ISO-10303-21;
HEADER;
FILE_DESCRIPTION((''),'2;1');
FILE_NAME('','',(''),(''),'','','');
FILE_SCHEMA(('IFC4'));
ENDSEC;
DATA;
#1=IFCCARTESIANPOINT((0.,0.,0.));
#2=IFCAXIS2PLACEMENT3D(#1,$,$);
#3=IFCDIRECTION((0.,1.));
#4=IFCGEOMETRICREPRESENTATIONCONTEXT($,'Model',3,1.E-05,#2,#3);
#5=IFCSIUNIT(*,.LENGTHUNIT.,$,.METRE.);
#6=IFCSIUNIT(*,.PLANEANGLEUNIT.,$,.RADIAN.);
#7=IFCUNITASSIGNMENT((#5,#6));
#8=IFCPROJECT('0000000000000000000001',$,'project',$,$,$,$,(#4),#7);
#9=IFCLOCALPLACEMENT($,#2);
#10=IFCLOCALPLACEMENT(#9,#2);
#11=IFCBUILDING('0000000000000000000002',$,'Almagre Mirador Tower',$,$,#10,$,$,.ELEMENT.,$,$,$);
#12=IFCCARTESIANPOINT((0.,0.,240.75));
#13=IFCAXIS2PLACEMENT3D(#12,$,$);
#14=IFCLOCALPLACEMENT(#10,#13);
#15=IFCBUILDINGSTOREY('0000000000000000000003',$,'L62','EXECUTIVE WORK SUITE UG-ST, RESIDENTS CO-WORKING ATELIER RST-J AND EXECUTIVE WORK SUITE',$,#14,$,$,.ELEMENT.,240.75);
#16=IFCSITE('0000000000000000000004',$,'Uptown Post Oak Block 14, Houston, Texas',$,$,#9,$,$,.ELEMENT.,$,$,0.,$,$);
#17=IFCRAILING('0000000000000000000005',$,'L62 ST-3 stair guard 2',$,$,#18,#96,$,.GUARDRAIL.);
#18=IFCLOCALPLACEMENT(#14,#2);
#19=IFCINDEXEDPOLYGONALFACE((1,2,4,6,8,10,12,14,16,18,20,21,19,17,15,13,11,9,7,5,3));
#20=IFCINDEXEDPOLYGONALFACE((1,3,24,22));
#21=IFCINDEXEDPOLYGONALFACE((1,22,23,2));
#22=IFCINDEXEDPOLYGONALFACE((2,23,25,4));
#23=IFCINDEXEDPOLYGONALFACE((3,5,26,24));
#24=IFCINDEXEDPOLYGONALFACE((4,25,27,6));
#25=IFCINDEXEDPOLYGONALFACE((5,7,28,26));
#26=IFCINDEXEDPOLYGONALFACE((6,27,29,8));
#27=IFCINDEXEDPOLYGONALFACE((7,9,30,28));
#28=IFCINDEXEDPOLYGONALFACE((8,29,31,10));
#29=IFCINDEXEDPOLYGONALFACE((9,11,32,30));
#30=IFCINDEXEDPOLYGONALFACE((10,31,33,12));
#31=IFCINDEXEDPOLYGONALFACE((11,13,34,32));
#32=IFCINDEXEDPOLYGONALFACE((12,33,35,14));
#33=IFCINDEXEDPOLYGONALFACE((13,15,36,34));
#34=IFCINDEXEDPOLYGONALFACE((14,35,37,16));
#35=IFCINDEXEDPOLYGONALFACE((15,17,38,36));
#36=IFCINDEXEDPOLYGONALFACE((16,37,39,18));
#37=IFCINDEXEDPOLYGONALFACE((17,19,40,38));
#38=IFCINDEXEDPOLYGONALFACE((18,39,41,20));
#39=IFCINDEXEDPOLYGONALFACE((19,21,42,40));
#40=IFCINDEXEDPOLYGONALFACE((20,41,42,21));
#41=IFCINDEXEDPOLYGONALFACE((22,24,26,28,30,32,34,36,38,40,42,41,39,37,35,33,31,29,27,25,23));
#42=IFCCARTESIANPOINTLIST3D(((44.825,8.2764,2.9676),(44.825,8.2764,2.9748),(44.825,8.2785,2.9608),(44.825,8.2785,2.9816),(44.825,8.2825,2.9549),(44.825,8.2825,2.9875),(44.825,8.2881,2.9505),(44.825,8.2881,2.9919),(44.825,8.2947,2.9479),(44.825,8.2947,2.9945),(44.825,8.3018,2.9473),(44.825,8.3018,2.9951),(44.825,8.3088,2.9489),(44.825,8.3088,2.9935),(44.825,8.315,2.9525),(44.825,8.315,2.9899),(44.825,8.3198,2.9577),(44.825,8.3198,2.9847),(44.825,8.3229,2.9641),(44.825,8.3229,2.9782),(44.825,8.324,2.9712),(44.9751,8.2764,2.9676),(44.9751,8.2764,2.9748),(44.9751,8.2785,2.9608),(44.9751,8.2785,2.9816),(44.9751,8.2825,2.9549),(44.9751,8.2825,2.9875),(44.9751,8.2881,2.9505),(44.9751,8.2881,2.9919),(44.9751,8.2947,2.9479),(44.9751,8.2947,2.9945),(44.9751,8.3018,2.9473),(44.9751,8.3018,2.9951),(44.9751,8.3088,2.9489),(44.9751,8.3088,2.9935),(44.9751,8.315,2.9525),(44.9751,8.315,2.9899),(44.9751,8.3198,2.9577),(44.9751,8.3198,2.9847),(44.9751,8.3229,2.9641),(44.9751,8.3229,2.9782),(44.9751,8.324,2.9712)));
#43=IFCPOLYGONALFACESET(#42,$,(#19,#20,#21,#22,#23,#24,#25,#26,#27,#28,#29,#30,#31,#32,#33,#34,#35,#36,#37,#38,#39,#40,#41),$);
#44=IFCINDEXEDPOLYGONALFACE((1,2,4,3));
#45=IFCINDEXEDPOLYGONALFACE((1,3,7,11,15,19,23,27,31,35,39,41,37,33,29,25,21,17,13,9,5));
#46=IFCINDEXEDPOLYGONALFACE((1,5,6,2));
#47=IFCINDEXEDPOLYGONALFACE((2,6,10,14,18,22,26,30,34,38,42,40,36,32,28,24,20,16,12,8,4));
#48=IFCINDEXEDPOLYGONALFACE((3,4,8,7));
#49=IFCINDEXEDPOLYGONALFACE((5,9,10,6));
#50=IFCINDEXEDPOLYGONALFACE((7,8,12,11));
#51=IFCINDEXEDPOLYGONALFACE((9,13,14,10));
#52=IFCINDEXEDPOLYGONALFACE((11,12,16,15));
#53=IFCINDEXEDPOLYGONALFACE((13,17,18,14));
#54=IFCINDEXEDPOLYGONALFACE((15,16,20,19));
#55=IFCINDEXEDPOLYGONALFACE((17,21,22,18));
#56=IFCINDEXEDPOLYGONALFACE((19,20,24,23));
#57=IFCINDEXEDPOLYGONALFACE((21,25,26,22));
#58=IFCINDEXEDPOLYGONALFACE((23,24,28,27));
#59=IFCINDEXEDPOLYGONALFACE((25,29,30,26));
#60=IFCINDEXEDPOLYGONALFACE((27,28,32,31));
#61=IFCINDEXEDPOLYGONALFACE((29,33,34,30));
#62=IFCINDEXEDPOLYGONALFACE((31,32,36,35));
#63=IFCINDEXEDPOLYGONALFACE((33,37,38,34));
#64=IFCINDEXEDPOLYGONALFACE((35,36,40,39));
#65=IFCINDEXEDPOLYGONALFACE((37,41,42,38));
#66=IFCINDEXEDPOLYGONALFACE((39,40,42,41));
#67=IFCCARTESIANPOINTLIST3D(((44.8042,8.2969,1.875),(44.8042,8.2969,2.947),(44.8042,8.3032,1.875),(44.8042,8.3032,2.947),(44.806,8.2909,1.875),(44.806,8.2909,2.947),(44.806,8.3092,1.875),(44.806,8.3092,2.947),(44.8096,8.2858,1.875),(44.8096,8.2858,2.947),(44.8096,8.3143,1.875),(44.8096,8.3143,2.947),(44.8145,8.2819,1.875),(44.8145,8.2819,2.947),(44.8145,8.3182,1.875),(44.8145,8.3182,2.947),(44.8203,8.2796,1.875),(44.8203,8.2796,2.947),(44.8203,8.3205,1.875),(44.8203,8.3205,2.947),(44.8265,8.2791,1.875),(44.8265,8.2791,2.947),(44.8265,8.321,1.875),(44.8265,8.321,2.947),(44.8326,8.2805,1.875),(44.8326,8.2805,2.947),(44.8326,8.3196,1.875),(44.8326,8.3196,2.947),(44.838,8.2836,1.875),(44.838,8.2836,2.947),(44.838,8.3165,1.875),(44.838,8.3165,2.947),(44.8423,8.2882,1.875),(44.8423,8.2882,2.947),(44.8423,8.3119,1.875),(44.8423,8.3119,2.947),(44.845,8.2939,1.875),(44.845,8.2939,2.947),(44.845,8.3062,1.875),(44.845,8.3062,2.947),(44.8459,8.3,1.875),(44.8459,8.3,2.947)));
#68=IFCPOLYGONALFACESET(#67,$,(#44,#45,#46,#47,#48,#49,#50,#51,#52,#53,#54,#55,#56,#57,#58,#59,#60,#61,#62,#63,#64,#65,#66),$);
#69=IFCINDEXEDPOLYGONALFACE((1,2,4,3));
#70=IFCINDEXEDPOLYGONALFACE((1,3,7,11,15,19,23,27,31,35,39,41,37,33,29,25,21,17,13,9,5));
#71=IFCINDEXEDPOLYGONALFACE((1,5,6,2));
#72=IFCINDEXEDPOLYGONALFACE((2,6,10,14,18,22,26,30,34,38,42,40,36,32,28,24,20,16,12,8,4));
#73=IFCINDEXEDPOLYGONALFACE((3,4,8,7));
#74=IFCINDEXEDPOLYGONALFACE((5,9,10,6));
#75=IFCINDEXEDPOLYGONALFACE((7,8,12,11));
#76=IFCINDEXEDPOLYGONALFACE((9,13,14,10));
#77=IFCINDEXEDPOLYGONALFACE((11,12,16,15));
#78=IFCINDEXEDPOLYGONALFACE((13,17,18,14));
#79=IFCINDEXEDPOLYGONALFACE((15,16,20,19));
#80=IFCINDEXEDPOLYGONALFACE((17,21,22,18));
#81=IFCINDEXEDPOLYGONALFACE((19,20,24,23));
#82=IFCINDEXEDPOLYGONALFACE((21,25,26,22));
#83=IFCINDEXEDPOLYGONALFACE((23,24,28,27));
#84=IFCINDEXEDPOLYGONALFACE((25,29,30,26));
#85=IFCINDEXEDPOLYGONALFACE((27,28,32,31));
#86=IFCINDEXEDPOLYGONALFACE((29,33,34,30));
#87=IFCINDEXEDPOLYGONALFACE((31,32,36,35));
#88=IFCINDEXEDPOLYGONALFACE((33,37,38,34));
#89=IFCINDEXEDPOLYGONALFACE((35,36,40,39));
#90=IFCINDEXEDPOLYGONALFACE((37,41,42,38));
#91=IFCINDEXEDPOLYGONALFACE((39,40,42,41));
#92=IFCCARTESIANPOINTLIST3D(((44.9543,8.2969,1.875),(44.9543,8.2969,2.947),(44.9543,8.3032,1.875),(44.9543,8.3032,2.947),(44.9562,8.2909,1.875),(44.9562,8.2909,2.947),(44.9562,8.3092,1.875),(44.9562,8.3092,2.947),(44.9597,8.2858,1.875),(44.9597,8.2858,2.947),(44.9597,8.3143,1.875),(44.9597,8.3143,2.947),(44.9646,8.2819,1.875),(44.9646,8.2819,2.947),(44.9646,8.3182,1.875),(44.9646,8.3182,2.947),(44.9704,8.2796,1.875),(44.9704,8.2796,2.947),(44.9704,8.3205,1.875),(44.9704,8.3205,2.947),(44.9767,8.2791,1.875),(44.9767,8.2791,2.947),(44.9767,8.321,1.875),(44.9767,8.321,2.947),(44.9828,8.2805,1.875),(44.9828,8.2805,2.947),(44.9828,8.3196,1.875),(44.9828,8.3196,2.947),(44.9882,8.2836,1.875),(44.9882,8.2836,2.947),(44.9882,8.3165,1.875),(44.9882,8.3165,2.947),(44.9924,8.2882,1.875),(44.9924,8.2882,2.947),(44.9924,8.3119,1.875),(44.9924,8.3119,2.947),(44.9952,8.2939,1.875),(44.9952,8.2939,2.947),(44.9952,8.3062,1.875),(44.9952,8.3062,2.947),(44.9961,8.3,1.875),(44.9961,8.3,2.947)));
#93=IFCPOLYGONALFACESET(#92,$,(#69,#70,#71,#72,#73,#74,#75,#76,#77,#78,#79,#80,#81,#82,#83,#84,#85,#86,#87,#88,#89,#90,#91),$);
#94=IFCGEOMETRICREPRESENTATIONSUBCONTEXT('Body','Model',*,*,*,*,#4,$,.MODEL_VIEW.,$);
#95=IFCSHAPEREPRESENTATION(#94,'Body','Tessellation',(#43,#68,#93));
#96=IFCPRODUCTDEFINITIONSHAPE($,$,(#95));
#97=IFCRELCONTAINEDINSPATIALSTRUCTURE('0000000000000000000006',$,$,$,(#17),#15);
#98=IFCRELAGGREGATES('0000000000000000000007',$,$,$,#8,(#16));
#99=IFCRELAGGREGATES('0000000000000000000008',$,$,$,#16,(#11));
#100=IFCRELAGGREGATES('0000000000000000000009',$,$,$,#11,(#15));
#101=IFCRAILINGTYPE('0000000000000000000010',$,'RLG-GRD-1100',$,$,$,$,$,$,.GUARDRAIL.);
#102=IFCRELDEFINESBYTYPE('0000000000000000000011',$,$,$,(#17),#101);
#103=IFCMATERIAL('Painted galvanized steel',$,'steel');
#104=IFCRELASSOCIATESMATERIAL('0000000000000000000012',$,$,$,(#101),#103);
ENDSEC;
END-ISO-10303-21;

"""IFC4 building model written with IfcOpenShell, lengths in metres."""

from ifc_helpers import new_model, si_unit, direction, frame, origin, origin_2d, place, context, subcontext, project, spatial, circle, extrude, material, type_object, element, save


model = new_model("IFC4")

# Units and contexts
model_context = context("Model", 3, precision=1e-05, world=origin(), true_north=direction((0.0, 1.0)))
body_context = subcontext(model_context, "Body", "Model", "MODEL_VIEW")
ifc_project = project(units=[si_unit("LENGTHUNIT", "METRE"), si_unit("PLANEANGLEUNIT", "RADIAN")], contexts=[model_context])

# Site, building, storey
site_placement = place(None, origin())
site = spatial("IfcSite", under=ifc_project, at=site_placement, Name="Uptown Post Oak Block 14, Houston, Texas", CompositionType="ELEMENT", RefElevation=0.0)
building_placement = place(site_placement, origin())
building = spatial("IfcBuilding", under=site, at=building_placement, Name="Almagre Mirador Tower", CompositionType="ELEMENT")
storey_placement = place(building_placement, frame((0.0, 0.0, 240.75)))
storey = spatial("IfcBuildingStorey", under=building, at=storey_placement, Name="L62", Description="EXECUTIVE WORK SUITE UG-ST, RESIDENTS CO-WORKING ATELIER RST-J AND EXECUTIVE WORK SUITE", CompositionType="ELEMENT", Elevation=240.75)

# Railing
ifc_material_1 = material(Name="Painted galvanized steel", Category="steel")
railing_type_1 = type_object("IfcRailingType", Name="RLG-GRD-1100", PredefinedType="GUARDRAIL", material=ifc_material_1)
railing_1_placement = place(storey_placement, frame((44.825, 8.3, 1.875)))
element("IfcRailing", 1, at=railing_1_placement, inside=storey, type_object=railing_type_1, Name="L62 ST-3 stair guard 2", PredefinedType="GUARDRAIL", context=body_context, shape_type="SweptSolid", body=[
    extrude(circle(Radius=0.0239, at=origin_2d()), frame((0.0, 0.0, 1.0962), z_axis=(1.0, 0.0, 0.0), x_axis=(0.0, 1.0, 0.0)), (0.0, 0.0, 1.0), 0.1501),
    extrude(circle(Radius=0.021, at=origin_2d()), origin(), (0.0, 0.0, 1.0), 1.072),
    extrude(circle(Radius=0.021, at=origin_2d()), frame((0.1501, 0.0, 0.0)), (0.0, 0.0, 1.0), 1.072),
])

save(model, "model.ifc")
